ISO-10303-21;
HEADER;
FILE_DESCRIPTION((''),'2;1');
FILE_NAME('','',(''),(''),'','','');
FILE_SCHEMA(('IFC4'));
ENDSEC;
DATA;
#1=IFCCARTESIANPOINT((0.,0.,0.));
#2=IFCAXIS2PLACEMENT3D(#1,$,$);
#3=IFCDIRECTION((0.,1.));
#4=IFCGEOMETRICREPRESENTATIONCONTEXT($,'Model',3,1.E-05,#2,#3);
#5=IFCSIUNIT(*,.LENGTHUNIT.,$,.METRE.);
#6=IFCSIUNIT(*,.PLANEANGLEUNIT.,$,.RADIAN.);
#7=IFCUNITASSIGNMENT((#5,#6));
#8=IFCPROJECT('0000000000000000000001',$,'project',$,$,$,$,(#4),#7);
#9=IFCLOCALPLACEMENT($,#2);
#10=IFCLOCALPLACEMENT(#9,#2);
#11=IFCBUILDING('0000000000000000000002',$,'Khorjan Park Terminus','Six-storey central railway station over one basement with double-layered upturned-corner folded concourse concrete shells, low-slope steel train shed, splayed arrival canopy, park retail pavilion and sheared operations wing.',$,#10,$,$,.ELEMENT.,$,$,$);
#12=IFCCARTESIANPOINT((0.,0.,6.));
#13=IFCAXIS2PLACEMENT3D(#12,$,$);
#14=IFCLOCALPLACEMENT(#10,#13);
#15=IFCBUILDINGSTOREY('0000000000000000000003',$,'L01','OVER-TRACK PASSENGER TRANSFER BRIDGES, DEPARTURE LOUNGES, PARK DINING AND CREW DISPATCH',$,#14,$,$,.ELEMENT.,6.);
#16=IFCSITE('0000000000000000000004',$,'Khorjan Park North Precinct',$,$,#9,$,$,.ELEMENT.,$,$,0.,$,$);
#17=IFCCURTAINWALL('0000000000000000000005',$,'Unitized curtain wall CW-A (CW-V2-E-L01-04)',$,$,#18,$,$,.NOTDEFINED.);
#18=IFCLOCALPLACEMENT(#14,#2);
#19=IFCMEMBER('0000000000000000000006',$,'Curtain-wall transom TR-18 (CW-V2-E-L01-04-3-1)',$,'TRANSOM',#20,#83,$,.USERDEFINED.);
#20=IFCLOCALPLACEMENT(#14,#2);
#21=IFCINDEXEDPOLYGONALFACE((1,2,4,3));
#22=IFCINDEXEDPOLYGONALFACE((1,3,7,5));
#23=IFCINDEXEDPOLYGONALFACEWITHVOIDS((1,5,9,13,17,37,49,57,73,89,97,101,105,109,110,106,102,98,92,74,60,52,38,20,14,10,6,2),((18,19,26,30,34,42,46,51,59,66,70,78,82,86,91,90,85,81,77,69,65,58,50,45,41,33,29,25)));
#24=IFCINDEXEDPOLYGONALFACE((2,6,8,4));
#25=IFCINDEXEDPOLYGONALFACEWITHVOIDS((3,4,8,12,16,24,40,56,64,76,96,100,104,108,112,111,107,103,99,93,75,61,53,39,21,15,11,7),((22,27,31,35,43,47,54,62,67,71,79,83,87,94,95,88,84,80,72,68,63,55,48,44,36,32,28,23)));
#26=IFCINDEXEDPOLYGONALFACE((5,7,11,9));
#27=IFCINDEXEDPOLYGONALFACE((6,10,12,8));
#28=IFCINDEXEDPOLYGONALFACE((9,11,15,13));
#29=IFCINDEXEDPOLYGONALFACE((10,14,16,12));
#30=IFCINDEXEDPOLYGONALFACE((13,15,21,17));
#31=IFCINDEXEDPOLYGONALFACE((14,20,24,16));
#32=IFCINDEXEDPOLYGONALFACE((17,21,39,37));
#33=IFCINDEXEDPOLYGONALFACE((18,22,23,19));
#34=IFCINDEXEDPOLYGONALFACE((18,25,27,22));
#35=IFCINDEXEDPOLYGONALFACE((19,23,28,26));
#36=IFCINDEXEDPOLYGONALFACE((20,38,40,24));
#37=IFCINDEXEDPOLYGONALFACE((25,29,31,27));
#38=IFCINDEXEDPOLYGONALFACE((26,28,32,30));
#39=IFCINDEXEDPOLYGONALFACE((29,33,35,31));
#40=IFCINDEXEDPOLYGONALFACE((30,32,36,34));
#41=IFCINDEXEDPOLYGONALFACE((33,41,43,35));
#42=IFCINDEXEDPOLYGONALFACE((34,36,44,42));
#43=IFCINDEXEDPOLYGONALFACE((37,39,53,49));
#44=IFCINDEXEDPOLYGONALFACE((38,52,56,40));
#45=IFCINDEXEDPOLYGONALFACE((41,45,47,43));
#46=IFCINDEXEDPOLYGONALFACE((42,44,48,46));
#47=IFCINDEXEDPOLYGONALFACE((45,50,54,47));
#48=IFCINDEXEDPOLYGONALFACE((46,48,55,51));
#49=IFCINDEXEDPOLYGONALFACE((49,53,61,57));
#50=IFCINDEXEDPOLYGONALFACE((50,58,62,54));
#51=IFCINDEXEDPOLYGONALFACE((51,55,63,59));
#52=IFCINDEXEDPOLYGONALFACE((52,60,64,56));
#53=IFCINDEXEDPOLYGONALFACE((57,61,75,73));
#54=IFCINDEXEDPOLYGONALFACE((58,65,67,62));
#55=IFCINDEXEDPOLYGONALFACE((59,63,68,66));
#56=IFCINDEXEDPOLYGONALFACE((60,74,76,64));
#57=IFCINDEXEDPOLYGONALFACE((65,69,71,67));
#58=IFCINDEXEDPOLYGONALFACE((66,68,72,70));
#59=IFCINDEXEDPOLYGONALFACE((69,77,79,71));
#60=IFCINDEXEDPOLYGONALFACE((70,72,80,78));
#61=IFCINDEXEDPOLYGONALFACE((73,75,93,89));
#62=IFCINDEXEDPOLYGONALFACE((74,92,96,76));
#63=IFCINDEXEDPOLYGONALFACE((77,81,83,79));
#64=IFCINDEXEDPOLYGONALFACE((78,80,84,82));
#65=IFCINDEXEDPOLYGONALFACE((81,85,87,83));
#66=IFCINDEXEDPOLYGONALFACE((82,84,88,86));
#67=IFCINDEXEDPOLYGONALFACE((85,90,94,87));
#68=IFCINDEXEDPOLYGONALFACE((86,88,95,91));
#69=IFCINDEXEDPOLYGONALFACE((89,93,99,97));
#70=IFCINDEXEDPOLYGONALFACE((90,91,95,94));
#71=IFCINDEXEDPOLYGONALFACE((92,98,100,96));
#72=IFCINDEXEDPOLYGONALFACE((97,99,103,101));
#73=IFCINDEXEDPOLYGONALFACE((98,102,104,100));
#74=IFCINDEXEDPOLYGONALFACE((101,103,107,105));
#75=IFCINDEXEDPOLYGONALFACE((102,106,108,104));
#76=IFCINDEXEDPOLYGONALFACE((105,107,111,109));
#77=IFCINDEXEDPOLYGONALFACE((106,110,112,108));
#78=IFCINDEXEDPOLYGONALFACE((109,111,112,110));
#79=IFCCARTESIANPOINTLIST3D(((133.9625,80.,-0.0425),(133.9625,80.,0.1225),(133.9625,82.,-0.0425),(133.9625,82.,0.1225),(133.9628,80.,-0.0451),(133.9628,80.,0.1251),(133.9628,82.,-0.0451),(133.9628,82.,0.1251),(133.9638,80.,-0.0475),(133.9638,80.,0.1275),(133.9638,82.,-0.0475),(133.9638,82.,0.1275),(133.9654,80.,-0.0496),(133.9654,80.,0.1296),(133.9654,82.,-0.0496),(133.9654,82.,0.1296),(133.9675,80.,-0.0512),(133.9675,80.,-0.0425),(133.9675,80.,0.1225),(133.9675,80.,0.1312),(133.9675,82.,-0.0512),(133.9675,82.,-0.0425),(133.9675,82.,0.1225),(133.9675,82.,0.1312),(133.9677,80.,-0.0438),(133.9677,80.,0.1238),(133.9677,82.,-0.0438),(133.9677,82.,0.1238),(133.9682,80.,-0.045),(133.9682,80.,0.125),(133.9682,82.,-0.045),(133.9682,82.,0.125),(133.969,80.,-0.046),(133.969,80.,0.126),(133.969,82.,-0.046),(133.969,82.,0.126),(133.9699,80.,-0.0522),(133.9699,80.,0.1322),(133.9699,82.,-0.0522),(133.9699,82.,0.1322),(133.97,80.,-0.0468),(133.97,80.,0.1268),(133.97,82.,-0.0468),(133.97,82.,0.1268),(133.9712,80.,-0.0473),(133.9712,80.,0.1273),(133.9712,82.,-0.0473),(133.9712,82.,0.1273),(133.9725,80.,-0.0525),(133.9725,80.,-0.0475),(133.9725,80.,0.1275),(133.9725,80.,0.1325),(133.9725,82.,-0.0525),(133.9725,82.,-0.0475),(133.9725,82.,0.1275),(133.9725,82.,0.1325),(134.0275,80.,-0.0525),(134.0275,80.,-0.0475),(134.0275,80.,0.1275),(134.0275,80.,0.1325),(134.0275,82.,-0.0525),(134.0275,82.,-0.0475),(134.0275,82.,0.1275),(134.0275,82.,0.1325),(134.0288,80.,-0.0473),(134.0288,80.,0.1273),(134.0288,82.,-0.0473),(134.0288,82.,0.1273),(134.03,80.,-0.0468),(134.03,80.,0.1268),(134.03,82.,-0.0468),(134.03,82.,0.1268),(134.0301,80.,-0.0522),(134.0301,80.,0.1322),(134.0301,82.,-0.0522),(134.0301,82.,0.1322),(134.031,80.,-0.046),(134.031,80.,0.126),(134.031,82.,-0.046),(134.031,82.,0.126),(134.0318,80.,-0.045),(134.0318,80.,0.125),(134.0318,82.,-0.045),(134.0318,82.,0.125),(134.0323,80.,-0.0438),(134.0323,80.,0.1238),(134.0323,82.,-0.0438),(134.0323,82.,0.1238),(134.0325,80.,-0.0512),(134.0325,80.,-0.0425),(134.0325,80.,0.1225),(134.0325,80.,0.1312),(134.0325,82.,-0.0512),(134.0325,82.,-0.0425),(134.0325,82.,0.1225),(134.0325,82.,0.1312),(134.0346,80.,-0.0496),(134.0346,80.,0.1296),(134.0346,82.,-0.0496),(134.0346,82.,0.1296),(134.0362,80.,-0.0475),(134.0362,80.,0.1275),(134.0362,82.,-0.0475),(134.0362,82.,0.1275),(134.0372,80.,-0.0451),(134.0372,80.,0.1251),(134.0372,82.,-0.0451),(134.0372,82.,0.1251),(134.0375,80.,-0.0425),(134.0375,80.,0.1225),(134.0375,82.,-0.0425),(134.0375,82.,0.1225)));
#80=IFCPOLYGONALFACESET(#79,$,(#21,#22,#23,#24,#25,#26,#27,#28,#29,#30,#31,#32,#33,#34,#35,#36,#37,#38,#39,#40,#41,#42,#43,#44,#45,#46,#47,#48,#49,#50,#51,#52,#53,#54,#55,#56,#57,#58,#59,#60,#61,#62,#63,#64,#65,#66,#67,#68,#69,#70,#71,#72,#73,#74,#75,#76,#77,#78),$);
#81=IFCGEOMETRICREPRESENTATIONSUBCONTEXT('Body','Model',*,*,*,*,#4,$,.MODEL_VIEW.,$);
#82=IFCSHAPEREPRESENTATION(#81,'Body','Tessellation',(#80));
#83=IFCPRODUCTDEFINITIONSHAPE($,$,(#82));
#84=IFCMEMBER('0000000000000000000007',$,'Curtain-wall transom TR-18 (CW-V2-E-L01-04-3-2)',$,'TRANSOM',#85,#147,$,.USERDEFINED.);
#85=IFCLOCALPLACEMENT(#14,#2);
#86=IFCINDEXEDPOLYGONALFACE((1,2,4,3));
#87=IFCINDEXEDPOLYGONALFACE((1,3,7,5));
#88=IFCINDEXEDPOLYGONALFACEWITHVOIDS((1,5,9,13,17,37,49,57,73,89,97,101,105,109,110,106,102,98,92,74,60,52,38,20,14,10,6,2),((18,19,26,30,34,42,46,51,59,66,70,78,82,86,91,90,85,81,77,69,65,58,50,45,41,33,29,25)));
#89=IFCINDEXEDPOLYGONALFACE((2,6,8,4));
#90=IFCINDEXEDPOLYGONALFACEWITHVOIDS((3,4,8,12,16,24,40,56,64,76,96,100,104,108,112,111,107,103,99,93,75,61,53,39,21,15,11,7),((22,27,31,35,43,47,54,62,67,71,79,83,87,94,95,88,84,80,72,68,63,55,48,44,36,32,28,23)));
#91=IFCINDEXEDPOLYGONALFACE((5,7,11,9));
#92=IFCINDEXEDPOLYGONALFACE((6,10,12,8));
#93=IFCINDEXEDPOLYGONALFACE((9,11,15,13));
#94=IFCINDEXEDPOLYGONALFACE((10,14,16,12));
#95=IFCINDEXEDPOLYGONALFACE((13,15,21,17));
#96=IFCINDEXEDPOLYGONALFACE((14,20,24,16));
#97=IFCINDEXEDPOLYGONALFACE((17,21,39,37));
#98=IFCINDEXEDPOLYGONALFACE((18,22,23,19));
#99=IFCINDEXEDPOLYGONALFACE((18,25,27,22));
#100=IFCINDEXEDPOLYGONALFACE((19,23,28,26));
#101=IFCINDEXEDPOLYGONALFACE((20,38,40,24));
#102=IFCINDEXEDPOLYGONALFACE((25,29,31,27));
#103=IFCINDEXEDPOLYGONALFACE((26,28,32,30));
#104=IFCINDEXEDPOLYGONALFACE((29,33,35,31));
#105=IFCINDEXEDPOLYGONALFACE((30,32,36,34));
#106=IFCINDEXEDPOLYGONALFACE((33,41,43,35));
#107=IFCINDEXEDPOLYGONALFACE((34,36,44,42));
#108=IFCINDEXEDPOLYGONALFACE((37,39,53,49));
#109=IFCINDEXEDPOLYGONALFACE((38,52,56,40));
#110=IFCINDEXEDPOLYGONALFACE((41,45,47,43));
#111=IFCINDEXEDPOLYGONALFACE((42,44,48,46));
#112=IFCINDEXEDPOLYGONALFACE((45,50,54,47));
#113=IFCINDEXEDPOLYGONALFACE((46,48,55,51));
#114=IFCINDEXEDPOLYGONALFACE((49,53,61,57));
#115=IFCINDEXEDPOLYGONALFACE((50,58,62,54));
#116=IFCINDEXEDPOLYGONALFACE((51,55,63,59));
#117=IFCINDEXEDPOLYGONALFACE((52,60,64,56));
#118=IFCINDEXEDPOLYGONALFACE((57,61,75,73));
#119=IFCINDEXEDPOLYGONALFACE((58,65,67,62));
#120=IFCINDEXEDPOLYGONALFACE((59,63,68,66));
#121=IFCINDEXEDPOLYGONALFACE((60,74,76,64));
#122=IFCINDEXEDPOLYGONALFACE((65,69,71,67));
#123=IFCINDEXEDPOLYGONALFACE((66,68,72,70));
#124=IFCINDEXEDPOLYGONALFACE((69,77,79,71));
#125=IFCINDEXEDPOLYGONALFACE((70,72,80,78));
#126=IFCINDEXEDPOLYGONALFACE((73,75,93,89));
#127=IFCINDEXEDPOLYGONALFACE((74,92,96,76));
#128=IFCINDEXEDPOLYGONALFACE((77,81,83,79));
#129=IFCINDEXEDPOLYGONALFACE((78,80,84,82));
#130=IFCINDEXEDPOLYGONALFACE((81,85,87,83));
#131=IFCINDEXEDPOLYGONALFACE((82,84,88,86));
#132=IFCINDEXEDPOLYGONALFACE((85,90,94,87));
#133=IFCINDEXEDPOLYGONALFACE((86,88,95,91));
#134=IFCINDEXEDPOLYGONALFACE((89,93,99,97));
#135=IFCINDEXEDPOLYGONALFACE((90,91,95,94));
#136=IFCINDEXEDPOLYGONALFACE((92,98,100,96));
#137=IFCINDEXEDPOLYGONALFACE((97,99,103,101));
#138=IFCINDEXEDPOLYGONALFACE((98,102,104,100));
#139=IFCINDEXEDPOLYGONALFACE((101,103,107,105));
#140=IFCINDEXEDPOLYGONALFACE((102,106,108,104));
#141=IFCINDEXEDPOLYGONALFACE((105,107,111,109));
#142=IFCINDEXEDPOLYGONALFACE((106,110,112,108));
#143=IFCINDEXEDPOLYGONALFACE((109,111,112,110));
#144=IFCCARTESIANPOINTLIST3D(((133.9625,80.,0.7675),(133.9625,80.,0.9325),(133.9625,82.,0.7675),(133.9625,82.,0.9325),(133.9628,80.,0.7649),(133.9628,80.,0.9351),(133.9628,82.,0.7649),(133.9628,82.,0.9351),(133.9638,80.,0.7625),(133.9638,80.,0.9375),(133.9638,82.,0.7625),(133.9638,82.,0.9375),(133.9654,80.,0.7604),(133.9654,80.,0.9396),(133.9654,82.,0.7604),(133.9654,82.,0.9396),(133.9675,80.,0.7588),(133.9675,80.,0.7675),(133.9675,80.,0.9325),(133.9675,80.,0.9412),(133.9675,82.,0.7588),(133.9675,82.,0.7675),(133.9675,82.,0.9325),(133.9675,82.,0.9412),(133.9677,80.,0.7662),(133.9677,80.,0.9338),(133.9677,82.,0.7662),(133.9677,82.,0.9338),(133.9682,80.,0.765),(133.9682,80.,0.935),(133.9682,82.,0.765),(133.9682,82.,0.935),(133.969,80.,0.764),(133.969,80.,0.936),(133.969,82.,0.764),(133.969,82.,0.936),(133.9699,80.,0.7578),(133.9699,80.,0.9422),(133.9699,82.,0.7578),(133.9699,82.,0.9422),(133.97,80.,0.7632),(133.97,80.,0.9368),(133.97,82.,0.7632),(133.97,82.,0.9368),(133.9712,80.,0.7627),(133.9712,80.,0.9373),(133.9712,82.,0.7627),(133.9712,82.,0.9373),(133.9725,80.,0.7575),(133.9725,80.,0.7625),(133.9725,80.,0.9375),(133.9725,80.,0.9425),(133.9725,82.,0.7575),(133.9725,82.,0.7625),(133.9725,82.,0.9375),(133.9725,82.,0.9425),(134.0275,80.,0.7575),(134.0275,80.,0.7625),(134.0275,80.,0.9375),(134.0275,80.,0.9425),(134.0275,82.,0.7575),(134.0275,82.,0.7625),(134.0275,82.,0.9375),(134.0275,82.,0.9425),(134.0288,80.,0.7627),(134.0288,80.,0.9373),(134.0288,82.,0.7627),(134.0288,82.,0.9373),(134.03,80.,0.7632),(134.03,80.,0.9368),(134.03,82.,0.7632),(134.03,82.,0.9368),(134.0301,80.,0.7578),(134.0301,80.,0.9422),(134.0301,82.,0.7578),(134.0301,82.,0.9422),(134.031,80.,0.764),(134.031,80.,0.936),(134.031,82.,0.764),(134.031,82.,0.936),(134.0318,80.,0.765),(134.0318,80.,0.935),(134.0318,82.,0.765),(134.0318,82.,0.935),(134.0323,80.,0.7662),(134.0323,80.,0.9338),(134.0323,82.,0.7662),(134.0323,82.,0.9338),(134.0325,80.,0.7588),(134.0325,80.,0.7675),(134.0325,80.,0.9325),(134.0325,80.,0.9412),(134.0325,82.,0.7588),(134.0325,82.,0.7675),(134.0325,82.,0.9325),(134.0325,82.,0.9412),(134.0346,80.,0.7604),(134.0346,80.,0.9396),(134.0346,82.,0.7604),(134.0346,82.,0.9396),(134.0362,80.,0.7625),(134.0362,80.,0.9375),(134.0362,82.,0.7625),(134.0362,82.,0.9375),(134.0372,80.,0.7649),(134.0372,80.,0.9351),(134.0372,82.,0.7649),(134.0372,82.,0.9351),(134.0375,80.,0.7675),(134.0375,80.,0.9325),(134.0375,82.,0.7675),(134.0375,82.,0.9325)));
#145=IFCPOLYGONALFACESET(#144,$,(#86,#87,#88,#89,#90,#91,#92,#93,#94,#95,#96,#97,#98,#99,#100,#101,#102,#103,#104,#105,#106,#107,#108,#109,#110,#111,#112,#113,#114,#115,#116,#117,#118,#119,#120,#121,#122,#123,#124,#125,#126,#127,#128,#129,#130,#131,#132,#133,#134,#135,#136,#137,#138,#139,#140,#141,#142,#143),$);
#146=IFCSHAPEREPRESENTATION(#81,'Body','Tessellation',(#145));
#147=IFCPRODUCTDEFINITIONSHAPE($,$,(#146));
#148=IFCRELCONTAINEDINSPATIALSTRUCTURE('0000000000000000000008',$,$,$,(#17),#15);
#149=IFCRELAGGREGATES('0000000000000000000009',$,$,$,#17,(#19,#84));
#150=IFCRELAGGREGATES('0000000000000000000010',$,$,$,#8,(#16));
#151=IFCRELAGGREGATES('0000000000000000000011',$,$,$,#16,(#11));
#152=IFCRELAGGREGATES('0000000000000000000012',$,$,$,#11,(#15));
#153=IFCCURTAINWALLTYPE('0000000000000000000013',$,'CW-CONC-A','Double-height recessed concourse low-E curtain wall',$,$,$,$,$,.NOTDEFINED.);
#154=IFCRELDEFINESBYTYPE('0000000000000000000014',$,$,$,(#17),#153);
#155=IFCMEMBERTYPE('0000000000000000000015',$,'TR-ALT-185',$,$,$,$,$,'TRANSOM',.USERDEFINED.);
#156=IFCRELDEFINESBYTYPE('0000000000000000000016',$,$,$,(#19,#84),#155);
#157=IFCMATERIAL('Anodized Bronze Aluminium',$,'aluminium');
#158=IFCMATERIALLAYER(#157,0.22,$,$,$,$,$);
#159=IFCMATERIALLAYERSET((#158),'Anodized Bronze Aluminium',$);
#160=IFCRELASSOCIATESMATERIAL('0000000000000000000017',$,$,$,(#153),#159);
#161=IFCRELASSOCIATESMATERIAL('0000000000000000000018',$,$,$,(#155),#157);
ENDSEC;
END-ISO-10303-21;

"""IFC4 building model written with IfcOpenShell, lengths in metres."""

from ifc_helpers import new_model, si_unit, direction, frame, origin, origin_2d, place, context, subcontext, project, spatial, hollow_rectangle, extrude, material, layer, layer_set, material_profile, profile_set, type_object, element, aggregate, save


model = new_model("IFC4")

# Units and contexts
model_context = context("Model", 3, precision=1e-05, world=origin(), true_north=direction((0.0, 1.0)))
body_context = subcontext(model_context, "Body", "Model", "MODEL_VIEW")
ifc_project = project(units=[si_unit("LENGTHUNIT", "METRE"), si_unit("PLANEANGLEUNIT", "RADIAN")], contexts=[model_context])

# Site, building, storey
site_placement = place(None, origin())
site = spatial("IfcSite", under=ifc_project, at=site_placement, Name="Khorjan Park North Precinct", CompositionType="ELEMENT", RefElevation=0.0)
building_placement = place(site_placement, origin())
building = spatial("IfcBuilding", under=site, at=building_placement, Name="Khorjan Park Terminus", Description="Six-storey central railway station over one basement with double-layered upturned-corner folded concourse concrete shells, low-slope steel train shed, splayed arrival canopy, park retail pavilion and sheared operations wing.", CompositionType="ELEMENT")
storey_placement = place(building_placement, frame((0.0, 0.0, 6.0)))
storey = spatial("IfcBuildingStorey", under=building, at=storey_placement, Name="L01", Description="OVER-TRACK PASSENGER TRANSFER BRIDGES, DEPARTURE LOUNGES, PARK DINING AND CREW DISPATCH", CompositionType="ELEMENT", Elevation=6.0)

# Shared definitions
ifc_material_1 = material(Name="Anodized Bronze Aluminium", Category="aluminium")

# Curtain wall
ifc_layer_1 = layer(ifc_material_1, 0.22)
ifc_layer_set_1 = layer_set([ifc_layer_1], Name="Anodized Bronze Aluminium")
curtain_wall_type_1 = type_object("IfcCurtainWallType", Name="CW-CONC-A", Description="Double-height recessed concourse low-E curtain wall", PredefinedType="NOTDEFINED", material=ifc_layer_set_1)
curtain_wall_1_placement = place(storey_placement, origin())
curtain_wall_1 = element("IfcCurtainWall", 1, at=curtain_wall_1_placement, inside=storey, type_object=curtain_wall_type_1, Name="Unitized curtain wall CW-A (CW-V2-E-L01-04)", PredefinedType="NOTDEFINED")

# Members
ifc_material_profile_1 = material_profile(ifc_material_1, hollow_rectangle(XDim=0.075, YDim=0.185, WallThickness=0.005, InnerFilletRadius=0.005, OuterFilletRadius=0.01, at=origin_2d()), Name="ALT 75x185x5")
ifc_profile_set_1 = profile_set([ifc_material_profile_1], Name="Anodized Bronze Aluminium")
member_type_1 = type_object("IfcMemberType", Name="TR-ALT-185", ElementType="TRANSOM", PredefinedType="USERDEFINED", material=ifc_profile_set_1)
member_1_placement = place(storey_placement, frame((134.0, 80.0, 0.04), z_axis=(0.0, 1.0, 0.0), x_axis=(-1.0, 0.0, 0.0)))
member_1 = element("IfcMember", 2, at=member_1_placement, type_object=member_type_1, Name="Curtain-wall transom TR-18 (CW-V2-E-L01-04-3-1)", ObjectType="TRANSOM", PredefinedType="USERDEFINED", context=body_context, shape_type="SweptSolid", body=[
    extrude(hollow_rectangle(XDim=0.075, YDim=0.185, WallThickness=0.005, InnerFilletRadius=0.005, OuterFilletRadius=0.01, at=origin_2d()), origin(), (0.0, 0.0, 1.0), 2.0),
])
member_2_placement = place(storey_placement, frame((134.0, 80.0, 0.85), z_axis=(0.0, 1.0, 0.0), x_axis=(-1.0, 0.0, 0.0)))
member_2 = element("IfcMember", 3, at=member_2_placement, type_object=member_type_1, Name="Curtain-wall transom TR-18 (CW-V2-E-L01-04-3-2)", ObjectType="TRANSOM", PredefinedType="USERDEFINED", context=body_context, shape_type="SweptSolid", body=[
    extrude(hollow_rectangle(XDim=0.075, YDim=0.185, WallThickness=0.005, InnerFilletRadius=0.005, OuterFilletRadius=0.01, at=origin_2d()), origin(), (0.0, 0.0, 1.0), 2.0),
])

aggregate(curtain_wall_1, [member_1, member_2])

save(model, "model.ifc")
